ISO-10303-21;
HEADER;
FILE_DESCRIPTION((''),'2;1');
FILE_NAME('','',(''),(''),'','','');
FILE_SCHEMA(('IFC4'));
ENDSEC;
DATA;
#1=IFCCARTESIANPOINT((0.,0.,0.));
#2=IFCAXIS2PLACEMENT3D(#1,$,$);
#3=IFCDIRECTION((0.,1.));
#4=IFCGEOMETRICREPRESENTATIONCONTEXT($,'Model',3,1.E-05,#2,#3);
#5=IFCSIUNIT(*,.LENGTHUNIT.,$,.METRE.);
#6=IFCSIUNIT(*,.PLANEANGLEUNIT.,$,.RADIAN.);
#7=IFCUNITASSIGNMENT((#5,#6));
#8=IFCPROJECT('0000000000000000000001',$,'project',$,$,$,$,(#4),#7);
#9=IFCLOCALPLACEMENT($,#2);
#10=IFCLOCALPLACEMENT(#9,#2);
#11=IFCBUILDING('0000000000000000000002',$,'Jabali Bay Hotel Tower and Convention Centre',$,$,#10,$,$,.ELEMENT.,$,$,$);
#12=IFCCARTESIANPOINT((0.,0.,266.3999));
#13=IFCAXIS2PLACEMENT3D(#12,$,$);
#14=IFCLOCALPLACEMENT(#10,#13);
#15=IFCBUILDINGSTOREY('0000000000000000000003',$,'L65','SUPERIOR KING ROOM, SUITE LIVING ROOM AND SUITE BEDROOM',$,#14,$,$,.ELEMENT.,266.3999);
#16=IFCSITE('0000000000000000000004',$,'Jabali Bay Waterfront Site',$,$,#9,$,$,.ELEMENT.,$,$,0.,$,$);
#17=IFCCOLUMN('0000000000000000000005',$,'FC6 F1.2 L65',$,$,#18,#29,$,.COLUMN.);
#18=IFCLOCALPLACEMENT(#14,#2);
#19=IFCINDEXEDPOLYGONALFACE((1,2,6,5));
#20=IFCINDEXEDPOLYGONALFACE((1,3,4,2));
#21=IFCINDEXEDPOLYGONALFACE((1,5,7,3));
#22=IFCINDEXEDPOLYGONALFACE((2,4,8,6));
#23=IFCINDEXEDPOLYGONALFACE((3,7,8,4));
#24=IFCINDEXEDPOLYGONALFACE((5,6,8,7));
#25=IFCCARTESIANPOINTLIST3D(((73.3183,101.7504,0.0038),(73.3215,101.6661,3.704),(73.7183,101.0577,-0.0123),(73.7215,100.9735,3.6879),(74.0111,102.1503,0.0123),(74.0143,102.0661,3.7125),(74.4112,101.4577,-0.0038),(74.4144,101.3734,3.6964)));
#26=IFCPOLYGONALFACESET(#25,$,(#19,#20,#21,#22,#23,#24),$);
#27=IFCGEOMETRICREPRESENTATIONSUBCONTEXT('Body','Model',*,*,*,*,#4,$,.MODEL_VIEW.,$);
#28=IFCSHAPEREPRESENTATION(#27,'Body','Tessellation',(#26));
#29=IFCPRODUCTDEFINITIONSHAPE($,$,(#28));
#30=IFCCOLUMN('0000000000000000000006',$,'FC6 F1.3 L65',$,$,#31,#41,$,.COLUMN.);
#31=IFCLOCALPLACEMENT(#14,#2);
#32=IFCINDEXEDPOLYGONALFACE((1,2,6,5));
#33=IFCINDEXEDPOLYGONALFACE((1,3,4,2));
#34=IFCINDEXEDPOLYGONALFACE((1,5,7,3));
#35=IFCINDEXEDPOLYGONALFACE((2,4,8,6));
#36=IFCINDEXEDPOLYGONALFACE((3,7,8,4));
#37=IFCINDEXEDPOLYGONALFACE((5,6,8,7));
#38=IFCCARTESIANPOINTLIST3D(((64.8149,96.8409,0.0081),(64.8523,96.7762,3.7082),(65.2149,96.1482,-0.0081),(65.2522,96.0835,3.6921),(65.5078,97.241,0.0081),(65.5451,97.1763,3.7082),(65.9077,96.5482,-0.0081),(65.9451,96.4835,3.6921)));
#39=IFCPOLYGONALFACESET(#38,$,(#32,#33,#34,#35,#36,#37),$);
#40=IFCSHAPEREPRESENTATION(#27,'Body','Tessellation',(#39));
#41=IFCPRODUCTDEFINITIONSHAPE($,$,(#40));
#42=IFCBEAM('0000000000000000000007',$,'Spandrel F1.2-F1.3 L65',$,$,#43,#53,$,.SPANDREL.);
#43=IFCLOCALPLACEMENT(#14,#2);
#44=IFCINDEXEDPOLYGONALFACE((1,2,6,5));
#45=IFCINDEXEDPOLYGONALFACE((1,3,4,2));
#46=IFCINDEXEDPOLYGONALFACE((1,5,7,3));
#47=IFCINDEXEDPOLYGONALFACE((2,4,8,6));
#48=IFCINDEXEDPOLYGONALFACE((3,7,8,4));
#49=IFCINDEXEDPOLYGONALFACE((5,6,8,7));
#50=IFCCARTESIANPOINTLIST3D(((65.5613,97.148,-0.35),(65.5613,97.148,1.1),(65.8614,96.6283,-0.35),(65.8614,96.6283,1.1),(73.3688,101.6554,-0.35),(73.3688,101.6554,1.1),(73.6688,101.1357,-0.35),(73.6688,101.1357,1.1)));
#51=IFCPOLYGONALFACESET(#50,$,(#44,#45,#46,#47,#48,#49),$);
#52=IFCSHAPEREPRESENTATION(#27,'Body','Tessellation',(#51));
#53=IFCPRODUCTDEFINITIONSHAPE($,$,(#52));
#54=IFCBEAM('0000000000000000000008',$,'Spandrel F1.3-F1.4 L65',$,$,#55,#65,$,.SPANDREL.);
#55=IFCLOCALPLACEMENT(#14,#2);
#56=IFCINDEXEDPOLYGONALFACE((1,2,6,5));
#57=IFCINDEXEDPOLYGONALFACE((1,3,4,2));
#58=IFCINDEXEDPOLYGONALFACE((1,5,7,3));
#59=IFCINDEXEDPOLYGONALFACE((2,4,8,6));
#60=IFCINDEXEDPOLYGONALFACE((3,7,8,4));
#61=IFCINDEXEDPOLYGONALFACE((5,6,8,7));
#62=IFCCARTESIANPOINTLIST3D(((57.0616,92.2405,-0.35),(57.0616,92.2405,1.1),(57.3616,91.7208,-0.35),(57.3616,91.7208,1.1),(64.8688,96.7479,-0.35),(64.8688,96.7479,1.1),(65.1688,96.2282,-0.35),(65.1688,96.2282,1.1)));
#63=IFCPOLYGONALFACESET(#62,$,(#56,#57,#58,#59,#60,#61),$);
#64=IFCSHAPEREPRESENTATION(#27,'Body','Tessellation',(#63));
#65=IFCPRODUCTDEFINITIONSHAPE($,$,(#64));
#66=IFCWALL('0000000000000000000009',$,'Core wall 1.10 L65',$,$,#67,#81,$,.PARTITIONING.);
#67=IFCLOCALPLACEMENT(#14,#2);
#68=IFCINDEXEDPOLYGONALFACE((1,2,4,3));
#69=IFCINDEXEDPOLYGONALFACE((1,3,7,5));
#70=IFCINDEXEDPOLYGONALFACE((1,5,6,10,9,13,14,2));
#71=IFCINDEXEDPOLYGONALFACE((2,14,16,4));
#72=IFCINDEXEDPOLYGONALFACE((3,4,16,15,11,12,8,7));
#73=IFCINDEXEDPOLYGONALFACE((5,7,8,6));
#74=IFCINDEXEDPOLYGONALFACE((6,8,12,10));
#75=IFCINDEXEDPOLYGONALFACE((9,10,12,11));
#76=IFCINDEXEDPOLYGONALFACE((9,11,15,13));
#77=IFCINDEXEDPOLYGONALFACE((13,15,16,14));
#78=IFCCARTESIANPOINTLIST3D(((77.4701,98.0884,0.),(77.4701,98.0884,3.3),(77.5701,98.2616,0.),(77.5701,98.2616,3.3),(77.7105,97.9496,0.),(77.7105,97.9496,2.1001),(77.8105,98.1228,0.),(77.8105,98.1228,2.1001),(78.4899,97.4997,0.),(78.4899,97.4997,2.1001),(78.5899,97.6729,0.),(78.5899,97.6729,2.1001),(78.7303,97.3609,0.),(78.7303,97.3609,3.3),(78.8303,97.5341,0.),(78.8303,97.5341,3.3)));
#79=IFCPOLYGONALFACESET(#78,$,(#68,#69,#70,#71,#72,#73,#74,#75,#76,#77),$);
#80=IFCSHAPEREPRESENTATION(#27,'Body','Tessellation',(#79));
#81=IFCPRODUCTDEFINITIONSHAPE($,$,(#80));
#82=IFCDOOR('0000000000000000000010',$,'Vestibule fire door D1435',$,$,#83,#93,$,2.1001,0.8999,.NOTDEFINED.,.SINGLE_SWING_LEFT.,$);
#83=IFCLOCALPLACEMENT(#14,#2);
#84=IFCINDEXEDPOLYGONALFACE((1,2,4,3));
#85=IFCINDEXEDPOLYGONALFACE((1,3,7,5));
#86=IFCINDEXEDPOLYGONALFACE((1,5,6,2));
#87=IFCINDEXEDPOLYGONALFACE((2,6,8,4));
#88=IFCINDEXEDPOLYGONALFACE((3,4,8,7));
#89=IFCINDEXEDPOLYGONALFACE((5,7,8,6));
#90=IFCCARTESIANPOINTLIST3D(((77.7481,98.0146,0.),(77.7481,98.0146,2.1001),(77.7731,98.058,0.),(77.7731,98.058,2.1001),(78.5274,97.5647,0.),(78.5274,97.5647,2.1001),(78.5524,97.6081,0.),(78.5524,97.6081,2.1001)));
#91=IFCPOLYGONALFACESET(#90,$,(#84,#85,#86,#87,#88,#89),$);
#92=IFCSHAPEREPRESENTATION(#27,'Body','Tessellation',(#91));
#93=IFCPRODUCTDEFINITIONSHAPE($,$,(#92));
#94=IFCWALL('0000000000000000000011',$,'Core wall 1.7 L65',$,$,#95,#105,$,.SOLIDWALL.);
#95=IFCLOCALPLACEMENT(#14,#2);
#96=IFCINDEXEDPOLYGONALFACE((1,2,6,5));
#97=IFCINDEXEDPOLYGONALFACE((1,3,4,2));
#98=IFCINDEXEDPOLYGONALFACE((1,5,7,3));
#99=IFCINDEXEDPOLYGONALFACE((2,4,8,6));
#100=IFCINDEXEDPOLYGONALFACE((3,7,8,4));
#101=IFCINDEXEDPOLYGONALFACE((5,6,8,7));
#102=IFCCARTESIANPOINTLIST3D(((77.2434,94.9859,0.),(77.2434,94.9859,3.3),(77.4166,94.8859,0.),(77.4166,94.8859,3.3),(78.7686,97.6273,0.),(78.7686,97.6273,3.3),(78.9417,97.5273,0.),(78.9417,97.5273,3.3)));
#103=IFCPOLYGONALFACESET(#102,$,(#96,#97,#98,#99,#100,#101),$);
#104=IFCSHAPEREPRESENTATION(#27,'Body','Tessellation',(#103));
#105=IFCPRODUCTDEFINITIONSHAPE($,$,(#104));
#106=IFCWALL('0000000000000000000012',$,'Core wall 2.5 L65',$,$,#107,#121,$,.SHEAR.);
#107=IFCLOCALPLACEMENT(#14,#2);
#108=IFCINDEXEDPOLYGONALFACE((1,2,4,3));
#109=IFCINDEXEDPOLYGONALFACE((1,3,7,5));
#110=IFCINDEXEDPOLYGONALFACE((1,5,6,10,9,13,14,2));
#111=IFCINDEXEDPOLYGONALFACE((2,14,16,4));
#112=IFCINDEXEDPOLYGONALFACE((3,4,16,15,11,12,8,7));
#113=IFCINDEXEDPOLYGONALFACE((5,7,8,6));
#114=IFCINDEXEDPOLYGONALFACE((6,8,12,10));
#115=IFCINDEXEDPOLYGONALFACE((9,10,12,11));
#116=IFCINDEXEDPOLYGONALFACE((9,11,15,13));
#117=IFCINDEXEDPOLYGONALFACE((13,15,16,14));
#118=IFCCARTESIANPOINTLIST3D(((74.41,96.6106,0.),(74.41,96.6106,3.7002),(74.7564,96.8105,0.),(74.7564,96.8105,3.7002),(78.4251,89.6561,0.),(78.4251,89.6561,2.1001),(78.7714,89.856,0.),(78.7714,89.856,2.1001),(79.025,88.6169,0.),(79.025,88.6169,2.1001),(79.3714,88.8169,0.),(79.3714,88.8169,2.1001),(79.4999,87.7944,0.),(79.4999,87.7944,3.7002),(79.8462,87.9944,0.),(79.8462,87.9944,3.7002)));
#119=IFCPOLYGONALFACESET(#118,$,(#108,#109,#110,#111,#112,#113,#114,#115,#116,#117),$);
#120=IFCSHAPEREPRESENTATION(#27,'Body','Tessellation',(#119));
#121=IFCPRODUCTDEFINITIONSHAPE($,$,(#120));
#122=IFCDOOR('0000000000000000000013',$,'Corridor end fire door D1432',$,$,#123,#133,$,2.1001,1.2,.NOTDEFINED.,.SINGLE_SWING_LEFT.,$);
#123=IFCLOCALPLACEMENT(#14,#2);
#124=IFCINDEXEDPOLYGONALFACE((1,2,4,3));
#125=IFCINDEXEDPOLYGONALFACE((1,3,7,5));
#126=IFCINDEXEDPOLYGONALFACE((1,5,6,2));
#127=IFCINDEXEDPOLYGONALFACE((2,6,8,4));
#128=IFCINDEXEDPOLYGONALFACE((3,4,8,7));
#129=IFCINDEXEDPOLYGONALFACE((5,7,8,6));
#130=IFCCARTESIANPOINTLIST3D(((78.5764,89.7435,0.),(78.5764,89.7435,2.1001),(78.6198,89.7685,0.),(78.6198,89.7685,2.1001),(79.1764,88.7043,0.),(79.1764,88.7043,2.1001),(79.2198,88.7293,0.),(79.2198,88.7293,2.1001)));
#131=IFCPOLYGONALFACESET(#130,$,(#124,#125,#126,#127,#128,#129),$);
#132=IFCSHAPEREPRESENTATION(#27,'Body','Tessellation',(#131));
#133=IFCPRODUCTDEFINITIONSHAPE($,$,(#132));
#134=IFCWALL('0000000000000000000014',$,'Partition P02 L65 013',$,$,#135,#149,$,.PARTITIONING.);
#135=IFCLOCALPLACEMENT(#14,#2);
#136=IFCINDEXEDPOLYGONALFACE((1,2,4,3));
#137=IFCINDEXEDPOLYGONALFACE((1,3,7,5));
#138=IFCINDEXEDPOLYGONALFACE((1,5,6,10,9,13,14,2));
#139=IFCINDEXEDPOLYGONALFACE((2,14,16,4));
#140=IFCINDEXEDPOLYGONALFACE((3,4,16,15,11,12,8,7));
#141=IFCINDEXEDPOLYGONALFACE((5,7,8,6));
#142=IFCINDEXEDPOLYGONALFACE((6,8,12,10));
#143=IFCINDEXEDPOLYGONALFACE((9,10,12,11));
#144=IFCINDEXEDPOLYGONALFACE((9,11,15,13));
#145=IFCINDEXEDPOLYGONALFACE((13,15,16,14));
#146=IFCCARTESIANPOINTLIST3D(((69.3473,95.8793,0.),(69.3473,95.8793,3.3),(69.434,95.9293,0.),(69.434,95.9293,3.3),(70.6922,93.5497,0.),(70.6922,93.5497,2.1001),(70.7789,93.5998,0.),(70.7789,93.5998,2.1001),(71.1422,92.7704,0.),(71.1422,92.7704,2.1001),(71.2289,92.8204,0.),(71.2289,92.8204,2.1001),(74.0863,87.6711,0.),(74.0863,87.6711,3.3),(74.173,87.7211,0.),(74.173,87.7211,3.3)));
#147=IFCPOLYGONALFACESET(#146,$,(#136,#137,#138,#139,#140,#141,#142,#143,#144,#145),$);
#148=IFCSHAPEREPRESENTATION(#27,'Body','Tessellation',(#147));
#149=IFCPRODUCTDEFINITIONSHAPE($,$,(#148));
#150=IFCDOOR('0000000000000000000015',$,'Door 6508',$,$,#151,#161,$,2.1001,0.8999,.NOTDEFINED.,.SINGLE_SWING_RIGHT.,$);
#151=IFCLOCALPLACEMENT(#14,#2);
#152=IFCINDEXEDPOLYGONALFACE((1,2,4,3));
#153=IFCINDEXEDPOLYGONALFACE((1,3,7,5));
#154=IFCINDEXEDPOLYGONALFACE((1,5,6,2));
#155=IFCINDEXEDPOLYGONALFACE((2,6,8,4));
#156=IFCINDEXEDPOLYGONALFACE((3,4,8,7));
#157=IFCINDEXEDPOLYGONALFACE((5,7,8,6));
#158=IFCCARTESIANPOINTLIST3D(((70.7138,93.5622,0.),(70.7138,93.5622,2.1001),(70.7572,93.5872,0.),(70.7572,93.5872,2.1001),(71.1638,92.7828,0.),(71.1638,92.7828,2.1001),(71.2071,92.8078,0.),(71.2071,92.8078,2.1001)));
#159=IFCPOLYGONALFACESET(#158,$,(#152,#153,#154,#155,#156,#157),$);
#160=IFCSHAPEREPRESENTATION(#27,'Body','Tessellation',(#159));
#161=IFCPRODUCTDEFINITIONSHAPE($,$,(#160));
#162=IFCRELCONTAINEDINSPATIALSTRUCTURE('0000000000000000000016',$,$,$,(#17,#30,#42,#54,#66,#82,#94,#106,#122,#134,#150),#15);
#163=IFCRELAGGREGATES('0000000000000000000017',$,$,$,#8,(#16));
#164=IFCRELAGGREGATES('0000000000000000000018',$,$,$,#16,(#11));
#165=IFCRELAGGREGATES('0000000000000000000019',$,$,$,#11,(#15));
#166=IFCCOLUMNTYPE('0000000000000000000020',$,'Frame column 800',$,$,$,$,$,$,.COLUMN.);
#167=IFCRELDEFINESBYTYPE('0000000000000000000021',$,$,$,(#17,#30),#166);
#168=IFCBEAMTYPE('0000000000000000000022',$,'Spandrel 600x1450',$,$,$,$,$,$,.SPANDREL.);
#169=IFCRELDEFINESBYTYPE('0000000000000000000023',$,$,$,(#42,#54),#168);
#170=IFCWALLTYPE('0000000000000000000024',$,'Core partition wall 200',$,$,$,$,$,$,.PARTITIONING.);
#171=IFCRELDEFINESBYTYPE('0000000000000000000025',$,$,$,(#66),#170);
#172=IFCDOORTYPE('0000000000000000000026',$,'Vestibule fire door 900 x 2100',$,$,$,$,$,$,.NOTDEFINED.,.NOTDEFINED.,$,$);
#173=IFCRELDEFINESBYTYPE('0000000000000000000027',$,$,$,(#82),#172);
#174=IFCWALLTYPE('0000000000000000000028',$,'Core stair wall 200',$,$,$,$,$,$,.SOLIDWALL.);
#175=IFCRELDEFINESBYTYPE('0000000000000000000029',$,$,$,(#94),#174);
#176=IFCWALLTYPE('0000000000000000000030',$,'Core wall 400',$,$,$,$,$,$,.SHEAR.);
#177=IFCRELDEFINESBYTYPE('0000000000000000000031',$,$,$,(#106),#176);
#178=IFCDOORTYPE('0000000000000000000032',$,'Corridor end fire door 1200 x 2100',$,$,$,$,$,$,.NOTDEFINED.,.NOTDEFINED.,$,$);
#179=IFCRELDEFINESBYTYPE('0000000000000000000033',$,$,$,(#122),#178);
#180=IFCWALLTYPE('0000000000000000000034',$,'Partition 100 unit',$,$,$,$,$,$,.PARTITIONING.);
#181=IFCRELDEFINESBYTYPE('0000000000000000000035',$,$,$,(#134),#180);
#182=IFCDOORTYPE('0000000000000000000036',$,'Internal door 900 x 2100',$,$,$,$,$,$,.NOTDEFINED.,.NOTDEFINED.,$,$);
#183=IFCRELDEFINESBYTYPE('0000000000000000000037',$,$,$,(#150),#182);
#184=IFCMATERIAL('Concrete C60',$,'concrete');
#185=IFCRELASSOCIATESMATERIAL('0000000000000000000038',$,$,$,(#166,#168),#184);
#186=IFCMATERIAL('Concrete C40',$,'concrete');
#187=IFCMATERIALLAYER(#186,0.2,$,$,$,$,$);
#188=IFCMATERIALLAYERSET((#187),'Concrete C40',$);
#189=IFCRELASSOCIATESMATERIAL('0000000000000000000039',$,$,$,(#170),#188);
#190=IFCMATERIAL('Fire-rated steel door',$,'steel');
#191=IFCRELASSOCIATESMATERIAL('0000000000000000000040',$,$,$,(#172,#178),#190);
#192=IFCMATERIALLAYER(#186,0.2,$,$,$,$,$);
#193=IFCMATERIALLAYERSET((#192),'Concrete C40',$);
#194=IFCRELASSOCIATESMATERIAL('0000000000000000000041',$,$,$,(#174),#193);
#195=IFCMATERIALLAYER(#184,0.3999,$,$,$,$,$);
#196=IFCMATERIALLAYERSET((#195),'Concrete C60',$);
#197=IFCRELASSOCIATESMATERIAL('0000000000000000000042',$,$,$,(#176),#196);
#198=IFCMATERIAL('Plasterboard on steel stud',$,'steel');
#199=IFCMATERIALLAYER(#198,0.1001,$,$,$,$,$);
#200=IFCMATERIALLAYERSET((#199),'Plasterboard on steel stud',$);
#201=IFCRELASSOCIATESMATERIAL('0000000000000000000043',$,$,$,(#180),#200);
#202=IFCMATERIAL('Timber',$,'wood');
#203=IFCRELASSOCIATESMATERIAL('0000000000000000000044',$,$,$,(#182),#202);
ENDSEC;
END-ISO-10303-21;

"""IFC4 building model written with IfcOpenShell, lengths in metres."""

from ifc_helpers import new_model, si_unit, direction, frame, frame_2d, origin, origin_2d, place, context, subcontext, project, spatial, rectangle, extrude, material, layer, layer_set, material_profile, profile_set, type_object, element, fill, save


model = new_model("IFC4")

# Units and contexts
model_context = context("Model", 3, precision=1e-05, world=origin(), true_north=direction((0.0, 1.0)))
body_context = subcontext(model_context, "Body", "Model", "MODEL_VIEW")
ifc_project = project(units=[si_unit("LENGTHUNIT", "METRE"), si_unit("PLANEANGLEUNIT", "RADIAN")], contexts=[model_context])

# Site, building, storey
site_placement = place(None, origin())
site = spatial("IfcSite", under=ifc_project, at=site_placement, Name="Jabali Bay Waterfront Site", CompositionType="ELEMENT", RefElevation=0.0)
building_placement = place(site_placement, origin())
building = spatial("IfcBuilding", under=site, at=building_placement, Name="Jabali Bay Hotel Tower and Convention Centre", CompositionType="ELEMENT")
storey_placement = place(building_placement, frame((0.0, 0.0, 266.3999)))
storey = spatial("IfcBuildingStorey", under=building, at=storey_placement, Name="L65", Description="SUPERIOR KING ROOM, SUITE LIVING ROOM AND SUITE BEDROOM", CompositionType="ELEMENT", Elevation=266.3999)

# Columns
ifc_material_1 = material(Name="Concrete C60", Category="concrete")
ifc_material_profile_1 = material_profile(ifc_material_1, rectangle(XDim=0.8, YDim=0.8, at=origin_2d()), Name="Frame column 800")
ifc_profile_set_1 = profile_set([ifc_material_profile_1], Name="Concrete C60")
column_type = type_object("IfcColumnType", Name="Frame column 800", PredefinedType="COLUMN", material=ifc_profile_set_1)
column_1_placement = place(storey_placement, frame((73.8647, 101.604, 0.0), z_axis=(0.000858, -0.022757, 0.999741), x_axis=(0.866006, 0.499921, 0.010637)))
element("IfcColumn", 1, at=column_1_placement, inside=storey, type_object=column_type, Name="FC6 F1.2 L65", PredefinedType="COLUMN", context=body_context, shape_type="SweptSolid", body=[
    extrude(rectangle(XDim=0.8, YDim=0.8, at=origin_2d()), origin(), (0.0, 0.0, 1.0), 3.7012),
])
column_2_placement = place(storey_placement, frame((65.3613, 96.6946, 0.0), z_axis=(0.010093, -0.017481, 0.999796), x_axis=(-0.499897, 0.86585, 0.020186)))
element("IfcColumn", 2, at=column_2_placement, inside=storey, type_object=column_type, Name="FC6 F1.3 L65", PredefinedType="COLUMN", context=body_context, shape_type="SweptSolid", body=[
    extrude(rectangle(XDim=0.8, YDim=0.8, at=origin_2d()), origin(), (0.0, 0.0, 1.0), 3.7009),
])

# Beams
ifc_material_profile_2 = material_profile(ifc_material_1, rectangle(XDim=0.6001, YDim=1.45, at=origin_2d()), Name="Spandrel 600x1450")
ifc_profile_set_2 = profile_set([ifc_material_profile_2], Name="Concrete C60")
beam_type = type_object("IfcBeamType", Name="Spandrel 600x1450", PredefinedType="SPANDREL", material=ifc_profile_set_2)
beam_1_placement = place(storey_placement, frame((73.5188, 101.3955, 0.375), z_axis=(-0.866038, -0.499978, 0.0), x_axis=(0.499978, -0.866038, 0.0)))
element("IfcBeam", 3, at=beam_1_placement, inside=storey, type_object=beam_type, Name="Spandrel F1.2-F1.3 L65", PredefinedType="SPANDREL", context=body_context, shape_type="SweptSolid", body=[
    extrude(rectangle(XDim=0.6001, YDim=1.45, at=origin_2d()), origin(), (0.0, 0.0, 1.0), 9.0151),
])
beam_2_placement = place(storey_placement, frame((65.0188, 96.488, 0.375), z_axis=(-0.866031, -0.49999, 0.0), x_axis=(0.49999, -0.866031, 0.0)))
element("IfcBeam", 4, at=beam_2_placement, inside=storey, type_object=beam_type, Name="Spandrel F1.3-F1.4 L65", PredefinedType="SPANDREL", context=body_context, shape_type="SweptSolid", body=[
    extrude(rectangle(XDim=0.6001, YDim=1.45, at=origin_2d()), origin(), (0.0, 0.0, 1.0), 9.0149),
])

# Wall, opening, door
ifc_material_2 = material(Name="Concrete C40", Category="concrete")
ifc_layer_1 = layer(ifc_material_2, 0.2)
ifc_layer_set_1 = layer_set([ifc_layer_1], Name="Concrete C40")
wall_type_1 = type_object("IfcWallType", Name="Core partition wall 200", PredefinedType="PARTITIONING", material=ifc_layer_set_1)
wall_1_placement = place(storey_placement, frame((78.7803, 97.4475, 0.0), z_axis=(0.0, 0.0, 1.0), x_axis=(-0.866046, 0.499965, 0.0)))
wall_1 = element("IfcWall", 5, at=wall_1_placement, inside=storey, type_object=wall_type_1, Name="Core wall 1.10 L65", PredefinedType="PARTITIONING", context=body_context, shape_type="SweptSolid", body=[
    extrude(rectangle(XDim=1.4551, YDim=0.2, at=frame_2d((0.7275, 0.0))), origin(), (0.0, 0.0, 1.0), 3.3),
])
opening_1_placement = place(wall_1_placement, frame((0.2776, 0.0, 0.0)))
opening_1 = element("IfcOpeningElement", 6, at=opening_1_placement, cuts=wall_1, PredefinedType="OPENING", context=body_context, shape_type="SweptSolid", body=[
    extrude(rectangle(XDim=0.8999, YDim=2.1001, at=frame_2d((0.45, 1.05))), frame((0.0, 0.1104, 0.0), z_axis=(0.0, -1.0, 0.0), x_axis=(1.0, 0.0, 0.0)), (0.0, 0.0, 1.0), 0.2209),
])
ifc_material_3 = material(Name="Fire-rated steel door", Category="steel")
door_type_1 = type_object("IfcDoorType", Name="Vestibule fire door 900 x 2100", OperationType="NOTDEFINED", PredefinedType="NOTDEFINED", material=ifc_material_3)
door_1_placement = place(opening_1_placement, origin())
door_1 = element("IfcDoor", 7, at=door_1_placement, inside=storey, type_object=door_type_1, Name="Vestibule fire door D1435", OperationType="SINGLE_SWING_LEFT", OverallHeight=2.1001, OverallWidth=0.8999, PredefinedType="NOTDEFINED", context=body_context, shape_type="SweptSolid", body=[
    extrude(rectangle(XDim=0.8999, YDim=2.1001, at=frame_2d((0.45, 1.05))), frame((0.0, 0.0249, 0.0), z_axis=(0.0, -1.0, 0.0), x_axis=(1.0, 0.0, 0.0)), (0.0, 0.0, 1.0), 0.05),
])
fill(opening_1, door_1)

# Wall
ifc_layer_2 = layer(ifc_material_2, 0.2)
ifc_layer_set_2 = layer_set([ifc_layer_2], Name="Concrete C40")
wall_type_2 = type_object("IfcWallType", Name="Core stair wall 200", PredefinedType="SOLIDWALL", material=ifc_layer_set_2)
wall_2_placement = place(storey_placement, frame((77.3301, 94.936, 0.0), z_axis=(0.0, 0.0, 1.0), x_axis=(0.500039, 0.866003, 0.0)))
element("IfcWall", 8, at=wall_2_placement, inside=storey, type_object=wall_type_2, Name="Core wall 1.7 L65", PredefinedType="SOLIDWALL", context=body_context, shape_type="SweptSolid", body=[
    extrude(rectangle(XDim=3.05, YDim=0.2, at=frame_2d((1.5249, 0.0))), origin(), (0.0, 0.0, 1.0), 3.3),
])

# Walls, openings, doors
ifc_layer_3 = layer(ifc_material_1, 0.3999)
ifc_layer_set_3 = layer_set([ifc_layer_3], Name="Concrete C60")
wall_type_3 = type_object("IfcWallType", Name="Core wall 400", PredefinedType="SHEAR", material=ifc_layer_set_3)
wall_3_placement = place(storey_placement, frame((74.5833, 96.7104, 0.0), z_axis=(0.0, 0.0, 1.0), x_axis=(0.499987, -0.866033, 0.0)))
wall_3 = element("IfcWall", 9, at=wall_3_placement, inside=storey, type_object=wall_type_3, Name="Core wall 2.5 L65", PredefinedType="SHEAR", context=body_context, shape_type="SweptSolid", body=[
    extrude(rectangle(XDim=10.1799, YDim=0.3999, at=frame_2d((5.0898, 0.0))), origin(), (0.0, 0.0, 1.0), 3.7002),
])
opening_2_placement = place(wall_3_placement, frame((8.03, 0.0, 0.0)))
opening_2 = element("IfcOpeningElement", 10, at=opening_2_placement, cuts=wall_3, PredefinedType="OPENING", context=body_context, shape_type="SweptSolid", body=[
    extrude(rectangle(XDim=1.2, YDim=2.1001, at=frame_2d((0.6001, 1.05))), frame((0.0, 0.2104, 0.0), z_axis=(0.0, -1.0, 0.0), x_axis=(1.0, 0.0, 0.0)), (0.0, 0.0, 1.0), 0.4209),
])
door_type_2 = type_object("IfcDoorType", Name="Corridor end fire door 1200 x 2100", OperationType="NOTDEFINED", PredefinedType="NOTDEFINED", material=ifc_material_3)
door_2_placement = place(opening_2_placement, origin())
door_2 = element("IfcDoor", 11, at=door_2_placement, inside=storey, type_object=door_type_2, Name="Corridor end fire door D1432", OperationType="SINGLE_SWING_LEFT", OverallHeight=2.1001, OverallWidth=1.2, PredefinedType="NOTDEFINED", context=body_context, shape_type="SweptSolid", body=[
    extrude(rectangle(XDim=1.2, YDim=2.1001, at=frame_2d((0.6001, 1.05))), frame((0.0, 0.0249, 0.0), z_axis=(0.0, -1.0, 0.0), x_axis=(1.0, 0.0, 0.0)), (0.0, 0.0, 1.0), 0.05),
])
fill(opening_2, door_2)
ifc_material_4 = material(Name="Plasterboard on steel stud", Category="steel")
ifc_layer_4 = layer(ifc_material_4, 0.1001)
ifc_layer_set_4 = layer_set([ifc_layer_4], Name="Plasterboard on steel stud")
wall_type_4 = type_object("IfcWallType", Name="Partition 100 unit", PredefinedType="PARTITIONING", material=ifc_layer_set_4)
wall_4_placement = place(storey_placement, frame((69.3906, 95.9043, 0.0), z_axis=(0.0, 0.0, 1.0), x_axis=(0.499998, -0.866026, 0.0)))
wall_4 = element("IfcWall", 12, at=wall_4_placement, inside=storey, type_object=wall_type_4, Name="Partition P02 L65 013", PredefinedType="PARTITIONING", context=body_context, shape_type="SweptSolid", body=[
    extrude(rectangle(XDim=9.478, YDim=0.1001, at=frame_2d((4.739, 0.0))), origin(), (0.0, 0.0, 1.0), 3.3),
])
opening_3_placement = place(wall_4_placement, frame((2.6899, 0.0, 0.0)))
opening_3 = element("IfcOpeningElement", 13, at=opening_3_placement, cuts=wall_4, PredefinedType="OPENING", context=body_context, shape_type="SweptSolid", body=[
    extrude(rectangle(XDim=0.8999, YDim=2.1001, at=frame_2d((0.45, 1.05))), frame((0.0, 0.0605, 0.0), z_axis=(0.0, -1.0, 0.0), x_axis=(1.0, 0.0, 0.0)), (0.0, 0.0, 1.0), 0.1211),
])
ifc_material_5 = material(Name="Timber", Category="wood")
door_type_3 = type_object("IfcDoorType", Name="Internal door 900 x 2100", OperationType="NOTDEFINED", PredefinedType="NOTDEFINED", material=ifc_material_5)
door_3_placement = place(opening_3_placement, origin())
door_3 = element("IfcDoor", 14, at=door_3_placement, inside=storey, type_object=door_type_3, Name="Door 6508", OperationType="SINGLE_SWING_RIGHT", OverallHeight=2.1001, OverallWidth=0.8999, PredefinedType="NOTDEFINED", context=body_context, shape_type="SweptSolid", body=[
    extrude(rectangle(XDim=0.8999, YDim=2.1001, at=frame_2d((0.45, 1.05))), frame((0.0, 0.0249, 0.0), z_axis=(0.0, -1.0, 0.0), x_axis=(1.0, 0.0, 0.0)), (0.0, 0.0, 1.0), 0.05),
])
fill(opening_3, door_3)

save(model, "model.ifc")
